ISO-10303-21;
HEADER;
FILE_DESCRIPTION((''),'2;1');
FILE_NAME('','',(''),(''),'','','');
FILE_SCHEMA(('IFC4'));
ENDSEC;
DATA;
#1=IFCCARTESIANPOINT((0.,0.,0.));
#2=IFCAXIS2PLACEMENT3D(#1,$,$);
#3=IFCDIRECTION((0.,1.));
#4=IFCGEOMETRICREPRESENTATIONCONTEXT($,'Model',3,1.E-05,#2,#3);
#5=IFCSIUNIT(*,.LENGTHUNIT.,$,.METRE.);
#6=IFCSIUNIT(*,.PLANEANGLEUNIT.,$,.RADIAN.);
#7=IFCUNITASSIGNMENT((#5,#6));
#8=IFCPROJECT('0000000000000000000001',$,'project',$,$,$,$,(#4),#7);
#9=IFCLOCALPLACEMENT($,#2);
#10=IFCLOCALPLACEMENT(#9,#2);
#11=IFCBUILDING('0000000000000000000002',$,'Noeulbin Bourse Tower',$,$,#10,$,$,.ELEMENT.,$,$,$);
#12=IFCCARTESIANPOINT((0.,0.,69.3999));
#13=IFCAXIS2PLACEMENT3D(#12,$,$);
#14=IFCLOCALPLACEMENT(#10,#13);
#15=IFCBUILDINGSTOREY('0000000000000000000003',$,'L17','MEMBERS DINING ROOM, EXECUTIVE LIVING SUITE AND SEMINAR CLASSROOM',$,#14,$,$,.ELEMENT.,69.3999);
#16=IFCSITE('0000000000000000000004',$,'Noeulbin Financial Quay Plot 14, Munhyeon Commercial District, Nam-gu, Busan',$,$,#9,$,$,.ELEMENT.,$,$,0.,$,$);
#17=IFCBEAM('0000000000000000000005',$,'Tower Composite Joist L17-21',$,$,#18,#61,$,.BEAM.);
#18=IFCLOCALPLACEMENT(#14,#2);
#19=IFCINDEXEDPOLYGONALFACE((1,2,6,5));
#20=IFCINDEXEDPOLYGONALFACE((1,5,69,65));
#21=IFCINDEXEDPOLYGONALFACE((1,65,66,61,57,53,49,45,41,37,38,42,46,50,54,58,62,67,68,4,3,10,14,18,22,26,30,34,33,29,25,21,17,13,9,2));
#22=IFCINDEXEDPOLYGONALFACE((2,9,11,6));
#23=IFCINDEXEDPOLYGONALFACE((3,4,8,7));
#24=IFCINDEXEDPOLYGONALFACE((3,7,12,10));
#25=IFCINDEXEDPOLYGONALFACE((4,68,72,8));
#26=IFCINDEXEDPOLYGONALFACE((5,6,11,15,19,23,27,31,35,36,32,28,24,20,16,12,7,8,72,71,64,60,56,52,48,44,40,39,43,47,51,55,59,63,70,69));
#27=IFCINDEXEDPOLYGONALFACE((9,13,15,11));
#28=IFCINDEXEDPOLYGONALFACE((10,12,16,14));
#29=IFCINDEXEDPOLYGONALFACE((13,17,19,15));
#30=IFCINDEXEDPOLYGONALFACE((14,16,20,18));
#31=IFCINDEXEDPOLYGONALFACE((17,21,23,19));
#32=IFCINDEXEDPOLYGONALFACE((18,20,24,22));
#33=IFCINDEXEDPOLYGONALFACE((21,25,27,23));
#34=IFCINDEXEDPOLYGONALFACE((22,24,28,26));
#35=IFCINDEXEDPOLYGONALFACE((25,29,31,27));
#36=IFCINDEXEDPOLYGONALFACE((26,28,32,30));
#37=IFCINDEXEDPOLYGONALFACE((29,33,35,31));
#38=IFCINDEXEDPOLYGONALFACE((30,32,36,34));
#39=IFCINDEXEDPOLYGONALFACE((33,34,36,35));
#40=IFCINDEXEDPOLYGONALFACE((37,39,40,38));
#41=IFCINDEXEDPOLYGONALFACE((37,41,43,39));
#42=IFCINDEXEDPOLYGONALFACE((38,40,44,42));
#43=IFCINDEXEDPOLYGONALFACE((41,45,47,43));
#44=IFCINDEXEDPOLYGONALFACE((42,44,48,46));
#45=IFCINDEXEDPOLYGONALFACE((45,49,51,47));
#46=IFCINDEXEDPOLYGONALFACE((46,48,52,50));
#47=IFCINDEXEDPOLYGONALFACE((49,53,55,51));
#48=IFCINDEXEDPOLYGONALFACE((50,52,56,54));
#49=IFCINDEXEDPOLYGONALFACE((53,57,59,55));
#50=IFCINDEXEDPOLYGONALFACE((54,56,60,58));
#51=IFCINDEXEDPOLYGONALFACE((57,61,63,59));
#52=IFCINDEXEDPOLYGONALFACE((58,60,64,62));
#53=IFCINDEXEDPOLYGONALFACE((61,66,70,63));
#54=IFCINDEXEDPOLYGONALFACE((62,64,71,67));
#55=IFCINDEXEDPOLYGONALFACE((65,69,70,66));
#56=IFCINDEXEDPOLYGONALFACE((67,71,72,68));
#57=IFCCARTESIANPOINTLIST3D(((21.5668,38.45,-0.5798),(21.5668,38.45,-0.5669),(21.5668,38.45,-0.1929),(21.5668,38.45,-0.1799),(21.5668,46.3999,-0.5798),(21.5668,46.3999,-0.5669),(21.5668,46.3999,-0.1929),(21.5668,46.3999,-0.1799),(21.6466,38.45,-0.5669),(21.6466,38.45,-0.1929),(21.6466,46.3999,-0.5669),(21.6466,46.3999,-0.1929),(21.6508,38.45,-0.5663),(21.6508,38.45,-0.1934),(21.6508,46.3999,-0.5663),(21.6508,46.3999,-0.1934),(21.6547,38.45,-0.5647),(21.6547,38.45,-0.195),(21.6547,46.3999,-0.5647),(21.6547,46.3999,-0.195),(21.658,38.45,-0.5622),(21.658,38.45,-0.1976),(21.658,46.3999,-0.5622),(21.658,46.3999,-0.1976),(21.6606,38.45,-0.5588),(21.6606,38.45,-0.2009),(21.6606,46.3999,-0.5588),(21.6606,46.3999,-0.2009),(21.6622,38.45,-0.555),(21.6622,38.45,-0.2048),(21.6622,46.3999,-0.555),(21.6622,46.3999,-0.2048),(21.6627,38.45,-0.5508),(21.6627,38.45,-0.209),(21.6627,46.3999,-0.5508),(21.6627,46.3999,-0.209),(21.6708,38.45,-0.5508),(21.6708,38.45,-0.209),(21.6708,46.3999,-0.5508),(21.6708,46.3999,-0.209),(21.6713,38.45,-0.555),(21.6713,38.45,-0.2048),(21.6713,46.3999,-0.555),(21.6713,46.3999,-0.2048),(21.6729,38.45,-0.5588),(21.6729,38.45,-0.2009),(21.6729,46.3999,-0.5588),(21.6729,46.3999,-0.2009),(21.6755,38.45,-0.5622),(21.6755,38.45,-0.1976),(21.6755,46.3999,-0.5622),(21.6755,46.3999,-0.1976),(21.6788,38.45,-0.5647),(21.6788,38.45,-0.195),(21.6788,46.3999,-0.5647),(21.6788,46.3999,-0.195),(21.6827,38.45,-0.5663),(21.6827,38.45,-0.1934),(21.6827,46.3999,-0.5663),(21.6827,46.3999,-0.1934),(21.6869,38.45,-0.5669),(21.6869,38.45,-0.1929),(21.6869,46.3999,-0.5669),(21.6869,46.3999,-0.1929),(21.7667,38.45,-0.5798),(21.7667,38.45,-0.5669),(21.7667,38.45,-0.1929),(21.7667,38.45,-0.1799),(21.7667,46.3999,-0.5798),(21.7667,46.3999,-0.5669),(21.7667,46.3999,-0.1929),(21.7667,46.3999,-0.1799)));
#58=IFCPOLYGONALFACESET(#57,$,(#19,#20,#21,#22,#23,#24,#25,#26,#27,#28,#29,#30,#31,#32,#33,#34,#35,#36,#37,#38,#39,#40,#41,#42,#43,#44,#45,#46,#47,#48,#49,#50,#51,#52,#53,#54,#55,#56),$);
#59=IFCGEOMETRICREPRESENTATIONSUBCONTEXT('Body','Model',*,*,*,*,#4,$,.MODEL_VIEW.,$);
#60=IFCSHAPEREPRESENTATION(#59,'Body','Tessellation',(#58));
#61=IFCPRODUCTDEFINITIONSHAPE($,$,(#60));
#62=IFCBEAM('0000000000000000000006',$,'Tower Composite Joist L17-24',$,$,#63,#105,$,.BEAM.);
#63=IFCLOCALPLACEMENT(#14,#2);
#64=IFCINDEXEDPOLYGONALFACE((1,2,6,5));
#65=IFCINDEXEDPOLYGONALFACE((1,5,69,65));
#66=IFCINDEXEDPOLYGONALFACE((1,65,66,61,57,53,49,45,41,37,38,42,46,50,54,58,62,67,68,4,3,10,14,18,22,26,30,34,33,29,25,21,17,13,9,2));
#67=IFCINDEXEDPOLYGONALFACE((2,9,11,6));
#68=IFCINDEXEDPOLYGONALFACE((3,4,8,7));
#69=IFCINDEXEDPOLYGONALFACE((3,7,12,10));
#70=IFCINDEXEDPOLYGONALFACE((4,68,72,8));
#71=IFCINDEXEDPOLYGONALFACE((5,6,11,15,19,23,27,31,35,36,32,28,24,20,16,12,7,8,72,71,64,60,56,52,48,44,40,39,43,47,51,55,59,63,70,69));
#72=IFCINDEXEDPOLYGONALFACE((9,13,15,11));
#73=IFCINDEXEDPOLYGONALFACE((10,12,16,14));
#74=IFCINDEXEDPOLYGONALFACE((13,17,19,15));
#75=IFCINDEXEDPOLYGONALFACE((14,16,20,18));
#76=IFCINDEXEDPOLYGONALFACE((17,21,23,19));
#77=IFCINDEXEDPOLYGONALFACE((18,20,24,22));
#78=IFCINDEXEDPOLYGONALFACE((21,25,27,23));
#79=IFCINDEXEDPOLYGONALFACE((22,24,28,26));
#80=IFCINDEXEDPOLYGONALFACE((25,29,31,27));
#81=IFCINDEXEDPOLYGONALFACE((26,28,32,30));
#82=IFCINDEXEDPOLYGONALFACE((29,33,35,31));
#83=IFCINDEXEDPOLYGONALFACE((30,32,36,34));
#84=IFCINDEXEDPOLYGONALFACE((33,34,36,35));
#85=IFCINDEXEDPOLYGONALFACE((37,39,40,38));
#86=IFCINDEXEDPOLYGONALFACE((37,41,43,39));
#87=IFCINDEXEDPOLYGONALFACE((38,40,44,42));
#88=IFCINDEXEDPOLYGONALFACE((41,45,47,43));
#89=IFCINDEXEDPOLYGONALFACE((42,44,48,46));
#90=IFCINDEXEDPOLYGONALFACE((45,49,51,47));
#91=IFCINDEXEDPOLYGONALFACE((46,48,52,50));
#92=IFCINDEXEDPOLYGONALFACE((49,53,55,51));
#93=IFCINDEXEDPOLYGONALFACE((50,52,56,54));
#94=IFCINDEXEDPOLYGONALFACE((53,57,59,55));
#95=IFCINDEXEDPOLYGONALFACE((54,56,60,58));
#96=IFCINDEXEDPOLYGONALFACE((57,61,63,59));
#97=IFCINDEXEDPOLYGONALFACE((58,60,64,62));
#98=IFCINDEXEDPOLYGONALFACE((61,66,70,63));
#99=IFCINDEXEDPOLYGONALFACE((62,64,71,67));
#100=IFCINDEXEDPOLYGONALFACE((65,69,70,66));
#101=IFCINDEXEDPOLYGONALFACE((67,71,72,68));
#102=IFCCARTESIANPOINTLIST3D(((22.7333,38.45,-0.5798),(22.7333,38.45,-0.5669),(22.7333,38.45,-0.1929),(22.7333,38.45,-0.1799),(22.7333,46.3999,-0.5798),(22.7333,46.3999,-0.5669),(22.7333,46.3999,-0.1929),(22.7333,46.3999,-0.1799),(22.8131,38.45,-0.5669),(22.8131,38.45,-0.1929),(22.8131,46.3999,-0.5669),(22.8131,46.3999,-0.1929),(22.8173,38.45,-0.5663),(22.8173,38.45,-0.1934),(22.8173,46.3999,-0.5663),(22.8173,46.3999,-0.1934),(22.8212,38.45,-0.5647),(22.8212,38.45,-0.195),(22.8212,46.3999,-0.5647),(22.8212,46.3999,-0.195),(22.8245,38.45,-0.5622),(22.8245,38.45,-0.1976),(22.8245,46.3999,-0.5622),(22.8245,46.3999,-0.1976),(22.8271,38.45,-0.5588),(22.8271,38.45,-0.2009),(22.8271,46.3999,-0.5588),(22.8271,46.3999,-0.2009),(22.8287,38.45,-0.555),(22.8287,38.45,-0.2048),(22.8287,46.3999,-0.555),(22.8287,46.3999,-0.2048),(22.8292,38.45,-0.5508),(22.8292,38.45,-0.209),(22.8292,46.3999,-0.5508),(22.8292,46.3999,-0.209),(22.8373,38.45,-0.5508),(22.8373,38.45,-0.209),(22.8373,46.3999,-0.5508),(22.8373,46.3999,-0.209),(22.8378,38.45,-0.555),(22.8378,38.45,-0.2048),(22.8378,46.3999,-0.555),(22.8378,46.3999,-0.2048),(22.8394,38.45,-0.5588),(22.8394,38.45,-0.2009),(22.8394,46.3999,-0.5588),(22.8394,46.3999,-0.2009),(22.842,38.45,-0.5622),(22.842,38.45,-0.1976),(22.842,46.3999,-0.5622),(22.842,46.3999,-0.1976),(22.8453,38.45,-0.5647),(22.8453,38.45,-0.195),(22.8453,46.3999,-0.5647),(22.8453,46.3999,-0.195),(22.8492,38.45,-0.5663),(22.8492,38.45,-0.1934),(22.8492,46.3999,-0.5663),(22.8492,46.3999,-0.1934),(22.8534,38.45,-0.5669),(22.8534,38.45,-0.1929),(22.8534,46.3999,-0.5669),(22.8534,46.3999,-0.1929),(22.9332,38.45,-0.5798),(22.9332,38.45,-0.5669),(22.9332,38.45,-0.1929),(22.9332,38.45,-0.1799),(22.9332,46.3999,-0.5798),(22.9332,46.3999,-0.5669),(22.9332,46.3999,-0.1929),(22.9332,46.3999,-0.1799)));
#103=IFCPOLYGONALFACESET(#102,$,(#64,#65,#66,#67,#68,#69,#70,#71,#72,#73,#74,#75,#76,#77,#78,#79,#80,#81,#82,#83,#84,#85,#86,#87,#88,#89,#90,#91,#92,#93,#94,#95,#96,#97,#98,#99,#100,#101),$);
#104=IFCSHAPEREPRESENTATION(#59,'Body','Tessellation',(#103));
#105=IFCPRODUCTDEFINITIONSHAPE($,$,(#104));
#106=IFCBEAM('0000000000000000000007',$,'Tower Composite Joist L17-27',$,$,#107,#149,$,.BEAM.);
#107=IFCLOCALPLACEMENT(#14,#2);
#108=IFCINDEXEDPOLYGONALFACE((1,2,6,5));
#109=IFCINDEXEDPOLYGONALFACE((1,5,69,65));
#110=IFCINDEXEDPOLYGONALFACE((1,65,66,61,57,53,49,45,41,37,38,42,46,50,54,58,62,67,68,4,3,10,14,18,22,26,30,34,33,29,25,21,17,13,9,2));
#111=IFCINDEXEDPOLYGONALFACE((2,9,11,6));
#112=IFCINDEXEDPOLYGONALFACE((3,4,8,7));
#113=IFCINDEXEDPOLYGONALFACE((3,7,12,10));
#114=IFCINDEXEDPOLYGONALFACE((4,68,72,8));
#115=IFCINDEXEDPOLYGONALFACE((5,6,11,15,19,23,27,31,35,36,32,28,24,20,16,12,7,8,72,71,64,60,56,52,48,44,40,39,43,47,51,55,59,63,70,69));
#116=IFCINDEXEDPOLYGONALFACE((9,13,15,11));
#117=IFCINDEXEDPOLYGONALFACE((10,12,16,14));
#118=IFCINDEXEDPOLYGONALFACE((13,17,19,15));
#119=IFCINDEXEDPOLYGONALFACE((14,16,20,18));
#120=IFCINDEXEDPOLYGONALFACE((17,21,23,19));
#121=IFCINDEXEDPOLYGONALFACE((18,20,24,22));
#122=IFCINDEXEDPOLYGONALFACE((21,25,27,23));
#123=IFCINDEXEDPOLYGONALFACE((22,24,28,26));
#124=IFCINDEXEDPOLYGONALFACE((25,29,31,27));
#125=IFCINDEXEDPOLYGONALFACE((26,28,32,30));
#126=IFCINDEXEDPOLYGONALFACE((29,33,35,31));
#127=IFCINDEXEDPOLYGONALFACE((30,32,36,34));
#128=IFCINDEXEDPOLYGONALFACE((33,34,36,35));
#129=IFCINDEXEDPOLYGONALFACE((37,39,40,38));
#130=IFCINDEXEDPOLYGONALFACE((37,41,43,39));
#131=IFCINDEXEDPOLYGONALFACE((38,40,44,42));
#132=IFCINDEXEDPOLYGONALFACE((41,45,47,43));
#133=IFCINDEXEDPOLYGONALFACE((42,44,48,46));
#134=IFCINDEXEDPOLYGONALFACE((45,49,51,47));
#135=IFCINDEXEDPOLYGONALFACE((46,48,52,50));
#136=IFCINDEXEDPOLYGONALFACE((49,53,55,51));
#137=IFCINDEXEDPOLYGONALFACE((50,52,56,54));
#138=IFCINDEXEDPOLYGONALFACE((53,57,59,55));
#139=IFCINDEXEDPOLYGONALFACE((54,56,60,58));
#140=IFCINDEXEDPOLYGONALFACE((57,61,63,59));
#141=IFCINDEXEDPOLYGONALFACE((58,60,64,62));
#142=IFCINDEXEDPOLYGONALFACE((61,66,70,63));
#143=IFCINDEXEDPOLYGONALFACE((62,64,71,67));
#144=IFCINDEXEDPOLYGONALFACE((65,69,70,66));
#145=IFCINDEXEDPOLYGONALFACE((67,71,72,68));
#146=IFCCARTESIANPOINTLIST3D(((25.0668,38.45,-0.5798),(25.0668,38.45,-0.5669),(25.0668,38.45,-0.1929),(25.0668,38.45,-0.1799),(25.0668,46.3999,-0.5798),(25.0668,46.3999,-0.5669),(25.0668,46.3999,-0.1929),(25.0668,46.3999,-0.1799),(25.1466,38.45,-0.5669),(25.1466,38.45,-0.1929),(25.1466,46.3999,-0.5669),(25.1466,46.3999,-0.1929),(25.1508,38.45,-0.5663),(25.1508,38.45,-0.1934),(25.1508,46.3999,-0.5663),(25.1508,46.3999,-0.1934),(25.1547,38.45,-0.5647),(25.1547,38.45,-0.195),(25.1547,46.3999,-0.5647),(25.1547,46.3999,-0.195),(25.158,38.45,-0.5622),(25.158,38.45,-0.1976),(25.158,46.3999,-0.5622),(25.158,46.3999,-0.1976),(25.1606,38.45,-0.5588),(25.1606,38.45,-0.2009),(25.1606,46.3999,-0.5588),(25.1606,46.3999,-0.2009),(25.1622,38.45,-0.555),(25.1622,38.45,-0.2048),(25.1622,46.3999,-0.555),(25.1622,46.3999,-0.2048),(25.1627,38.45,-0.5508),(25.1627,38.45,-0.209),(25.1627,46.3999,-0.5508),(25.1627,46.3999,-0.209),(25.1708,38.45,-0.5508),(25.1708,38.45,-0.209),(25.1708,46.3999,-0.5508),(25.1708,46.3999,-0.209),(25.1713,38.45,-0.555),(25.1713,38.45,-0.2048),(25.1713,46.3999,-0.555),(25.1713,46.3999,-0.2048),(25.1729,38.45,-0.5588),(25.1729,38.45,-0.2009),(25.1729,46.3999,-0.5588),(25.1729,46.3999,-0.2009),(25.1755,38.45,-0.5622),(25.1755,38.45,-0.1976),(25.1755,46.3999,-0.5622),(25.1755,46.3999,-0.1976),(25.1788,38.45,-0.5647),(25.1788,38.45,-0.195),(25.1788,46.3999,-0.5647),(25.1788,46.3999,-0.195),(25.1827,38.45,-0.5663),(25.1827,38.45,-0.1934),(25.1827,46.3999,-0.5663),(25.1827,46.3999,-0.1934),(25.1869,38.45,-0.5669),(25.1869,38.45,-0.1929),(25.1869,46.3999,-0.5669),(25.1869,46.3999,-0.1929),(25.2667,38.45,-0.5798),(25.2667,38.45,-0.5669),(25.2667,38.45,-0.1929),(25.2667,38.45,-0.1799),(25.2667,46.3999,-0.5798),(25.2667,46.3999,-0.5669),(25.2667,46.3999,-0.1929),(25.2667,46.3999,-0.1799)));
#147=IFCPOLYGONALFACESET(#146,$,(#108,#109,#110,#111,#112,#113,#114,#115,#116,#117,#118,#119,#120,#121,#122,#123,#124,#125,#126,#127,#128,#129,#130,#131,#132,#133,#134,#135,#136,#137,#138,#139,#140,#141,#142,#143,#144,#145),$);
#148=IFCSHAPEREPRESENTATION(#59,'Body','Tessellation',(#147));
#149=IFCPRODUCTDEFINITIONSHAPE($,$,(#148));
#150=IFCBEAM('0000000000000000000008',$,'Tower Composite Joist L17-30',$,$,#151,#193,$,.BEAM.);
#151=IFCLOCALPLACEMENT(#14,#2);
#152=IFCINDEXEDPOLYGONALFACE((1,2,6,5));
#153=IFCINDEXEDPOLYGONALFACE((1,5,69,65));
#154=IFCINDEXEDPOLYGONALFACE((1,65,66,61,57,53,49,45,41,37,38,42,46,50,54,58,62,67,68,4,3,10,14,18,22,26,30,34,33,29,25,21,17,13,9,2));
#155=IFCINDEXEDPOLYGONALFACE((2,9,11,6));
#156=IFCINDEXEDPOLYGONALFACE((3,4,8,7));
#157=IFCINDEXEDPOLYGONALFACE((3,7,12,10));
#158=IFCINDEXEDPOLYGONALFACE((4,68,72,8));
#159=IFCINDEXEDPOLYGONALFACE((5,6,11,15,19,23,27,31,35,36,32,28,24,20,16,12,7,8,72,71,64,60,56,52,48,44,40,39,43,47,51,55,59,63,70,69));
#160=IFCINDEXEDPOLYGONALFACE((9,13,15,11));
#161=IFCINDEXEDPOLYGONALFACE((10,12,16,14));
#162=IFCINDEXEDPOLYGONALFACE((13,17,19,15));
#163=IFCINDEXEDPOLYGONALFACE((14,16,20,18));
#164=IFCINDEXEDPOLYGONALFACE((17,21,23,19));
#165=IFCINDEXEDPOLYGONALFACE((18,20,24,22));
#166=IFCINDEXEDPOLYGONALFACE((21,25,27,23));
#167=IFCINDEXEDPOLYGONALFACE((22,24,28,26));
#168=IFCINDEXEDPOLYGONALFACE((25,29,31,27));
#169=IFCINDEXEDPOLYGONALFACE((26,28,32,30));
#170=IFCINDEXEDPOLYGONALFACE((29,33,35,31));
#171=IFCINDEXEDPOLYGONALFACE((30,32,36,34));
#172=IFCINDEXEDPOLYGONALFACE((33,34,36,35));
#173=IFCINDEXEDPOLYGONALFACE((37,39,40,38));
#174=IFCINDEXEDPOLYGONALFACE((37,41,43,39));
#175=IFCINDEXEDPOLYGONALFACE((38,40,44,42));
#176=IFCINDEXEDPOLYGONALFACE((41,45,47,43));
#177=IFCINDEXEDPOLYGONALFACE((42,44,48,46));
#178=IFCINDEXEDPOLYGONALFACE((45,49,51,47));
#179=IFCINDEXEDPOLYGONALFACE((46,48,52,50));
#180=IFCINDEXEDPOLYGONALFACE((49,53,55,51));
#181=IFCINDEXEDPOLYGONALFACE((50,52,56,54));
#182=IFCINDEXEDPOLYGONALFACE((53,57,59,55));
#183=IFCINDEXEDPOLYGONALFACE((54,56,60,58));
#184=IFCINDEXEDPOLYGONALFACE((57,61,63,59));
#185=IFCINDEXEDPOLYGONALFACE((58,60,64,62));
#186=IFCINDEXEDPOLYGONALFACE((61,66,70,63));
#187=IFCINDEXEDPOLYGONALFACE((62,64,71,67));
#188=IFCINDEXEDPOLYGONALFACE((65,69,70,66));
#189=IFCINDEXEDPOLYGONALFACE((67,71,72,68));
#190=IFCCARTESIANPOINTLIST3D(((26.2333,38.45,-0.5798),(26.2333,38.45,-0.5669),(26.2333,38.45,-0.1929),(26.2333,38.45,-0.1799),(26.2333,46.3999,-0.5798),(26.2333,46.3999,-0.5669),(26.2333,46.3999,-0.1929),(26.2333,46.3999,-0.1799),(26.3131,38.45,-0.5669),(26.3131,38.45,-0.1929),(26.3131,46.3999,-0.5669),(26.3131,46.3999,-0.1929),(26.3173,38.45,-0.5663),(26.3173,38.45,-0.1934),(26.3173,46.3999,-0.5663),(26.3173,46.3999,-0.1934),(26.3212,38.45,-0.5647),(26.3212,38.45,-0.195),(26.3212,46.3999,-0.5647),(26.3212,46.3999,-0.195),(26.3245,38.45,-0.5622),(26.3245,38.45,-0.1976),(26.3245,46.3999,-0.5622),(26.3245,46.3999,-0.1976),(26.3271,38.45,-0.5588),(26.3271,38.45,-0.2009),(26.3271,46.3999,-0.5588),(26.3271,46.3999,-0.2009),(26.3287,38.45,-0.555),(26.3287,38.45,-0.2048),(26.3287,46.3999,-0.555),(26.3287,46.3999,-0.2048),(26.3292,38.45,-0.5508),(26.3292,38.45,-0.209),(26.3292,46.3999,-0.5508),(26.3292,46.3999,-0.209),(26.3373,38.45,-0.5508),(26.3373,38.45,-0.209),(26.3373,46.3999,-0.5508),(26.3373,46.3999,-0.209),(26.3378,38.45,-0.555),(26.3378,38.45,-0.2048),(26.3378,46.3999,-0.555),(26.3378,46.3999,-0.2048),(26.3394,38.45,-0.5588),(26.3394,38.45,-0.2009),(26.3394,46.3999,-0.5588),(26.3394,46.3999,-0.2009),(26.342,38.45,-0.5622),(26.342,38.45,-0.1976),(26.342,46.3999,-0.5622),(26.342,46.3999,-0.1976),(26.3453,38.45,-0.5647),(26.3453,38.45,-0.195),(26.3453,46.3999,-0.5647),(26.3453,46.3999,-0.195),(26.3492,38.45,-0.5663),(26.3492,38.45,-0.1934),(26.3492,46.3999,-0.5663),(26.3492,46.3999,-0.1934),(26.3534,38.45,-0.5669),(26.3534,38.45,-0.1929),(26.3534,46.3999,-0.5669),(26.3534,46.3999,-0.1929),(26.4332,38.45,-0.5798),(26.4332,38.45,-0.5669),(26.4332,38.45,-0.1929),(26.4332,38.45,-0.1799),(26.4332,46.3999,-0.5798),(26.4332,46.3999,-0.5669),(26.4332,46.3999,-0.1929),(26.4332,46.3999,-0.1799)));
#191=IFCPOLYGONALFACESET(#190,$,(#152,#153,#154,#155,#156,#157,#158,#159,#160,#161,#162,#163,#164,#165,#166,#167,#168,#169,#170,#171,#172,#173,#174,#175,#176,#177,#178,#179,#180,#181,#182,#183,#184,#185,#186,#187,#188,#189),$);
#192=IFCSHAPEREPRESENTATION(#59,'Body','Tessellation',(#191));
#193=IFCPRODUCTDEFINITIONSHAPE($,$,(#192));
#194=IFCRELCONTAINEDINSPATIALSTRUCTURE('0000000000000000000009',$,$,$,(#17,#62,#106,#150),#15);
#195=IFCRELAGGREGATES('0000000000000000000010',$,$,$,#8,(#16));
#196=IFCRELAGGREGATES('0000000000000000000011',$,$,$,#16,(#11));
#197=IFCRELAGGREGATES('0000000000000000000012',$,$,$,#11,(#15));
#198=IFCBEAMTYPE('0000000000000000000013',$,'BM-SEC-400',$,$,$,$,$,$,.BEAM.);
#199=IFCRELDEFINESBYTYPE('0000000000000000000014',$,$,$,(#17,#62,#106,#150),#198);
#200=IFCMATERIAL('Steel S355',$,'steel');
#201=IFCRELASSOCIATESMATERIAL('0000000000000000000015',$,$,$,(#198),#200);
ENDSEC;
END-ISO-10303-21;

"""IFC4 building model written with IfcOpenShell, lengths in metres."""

from ifc_helpers import new_model, si_unit, direction, frame, origin, origin_2d, place, context, subcontext, project, spatial, i_section, extrude, material, material_profile, profile_set, type_object, element, save


model = new_model("IFC4")

# Units and contexts
model_context = context("Model", 3, precision=1e-05, world=origin(), true_north=direction((0.0, 1.0)))
body_context = subcontext(model_context, "Body", "Model", "MODEL_VIEW")
ifc_project = project(units=[si_unit("LENGTHUNIT", "METRE"), si_unit("PLANEANGLEUNIT", "RADIAN")], contexts=[model_context])

# Site, building, storey
site_placement = place(None, origin())
site = spatial("IfcSite", under=ifc_project, at=site_placement, Name="Noeulbin Financial Quay Plot 14, Munhyeon Commercial District, Nam-gu, Busan", CompositionType="ELEMENT", RefElevation=0.0)
building_placement = place(site_placement, origin())
building = spatial("IfcBuilding", under=site, at=building_placement, Name="Noeulbin Bourse Tower", CompositionType="ELEMENT")
storey_placement = place(building_placement, frame((0.0, 0.0, 69.3999)))
storey = spatial("IfcBuildingStorey", under=building, at=storey_placement, Name="L17", Description="MEMBERS DINING ROOM, EXECUTIVE LIVING SUITE AND SEMINAR CLASSROOM", CompositionType="ELEMENT", Elevation=69.3999)

# Beams
ifc_material_1 = material(Name="Steel S355", Category="steel")
ifc_material_profile_1 = material_profile(ifc_material_1, i_section(OverallWidth=0.2, OverallDepth=0.3999, WebThickness=0.0081, FlangeThickness=0.0129, FilletRadius=0.0161, at=origin_2d()), Name="H-400x200x8x13", Category="LoadBearing")
ifc_profile_set_1 = profile_set([ifc_material_profile_1], Name="Steel S355")
beam_type_1 = type_object("IfcBeamType", Name="BM-SEC-400", PredefinedType="BEAM", material=ifc_profile_set_1)
for number, where, z_axis, x_axis, name in (
    (1, (21.6667, 38.45, -0.3799), (0.0, 1.0, 0.0), (-1.0, 0.0, 0.0), "Tower Composite Joist L17-21"),
    (2, (22.8333, 38.45, -0.3799), (0.0, 1.0, 0.0), (-1.0, 0.0, 0.0), "Tower Composite Joist L17-24"),
    (3, (25.1667, 38.45, -0.3799), (0.0, 1.0, 0.0), (-1.0, 0.0, 0.0), "Tower Composite Joist L17-27"),
    (4, (26.3333, 38.45, -0.3799), (0.0, 1.0, 0.0), (-1.0, 0.0, 0.0), "Tower Composite Joist L17-30"),
):
    element("IfcBeam", number, at=place(storey_placement, frame(where, z_axis=z_axis, x_axis=x_axis)), inside=storey, type_object=beam_type_1, Name=name, PredefinedType="BEAM", context=body_context, shape_type="SweptSolid", body=[
        extrude(i_section(OverallWidth=0.2, OverallDepth=0.3999, WebThickness=0.0081, FlangeThickness=0.0129, FilletRadius=0.0161, at=origin_2d()), origin(), (0.0, 0.0, 1.0), 7.95),
    ])

save(model, "model.ifc")
